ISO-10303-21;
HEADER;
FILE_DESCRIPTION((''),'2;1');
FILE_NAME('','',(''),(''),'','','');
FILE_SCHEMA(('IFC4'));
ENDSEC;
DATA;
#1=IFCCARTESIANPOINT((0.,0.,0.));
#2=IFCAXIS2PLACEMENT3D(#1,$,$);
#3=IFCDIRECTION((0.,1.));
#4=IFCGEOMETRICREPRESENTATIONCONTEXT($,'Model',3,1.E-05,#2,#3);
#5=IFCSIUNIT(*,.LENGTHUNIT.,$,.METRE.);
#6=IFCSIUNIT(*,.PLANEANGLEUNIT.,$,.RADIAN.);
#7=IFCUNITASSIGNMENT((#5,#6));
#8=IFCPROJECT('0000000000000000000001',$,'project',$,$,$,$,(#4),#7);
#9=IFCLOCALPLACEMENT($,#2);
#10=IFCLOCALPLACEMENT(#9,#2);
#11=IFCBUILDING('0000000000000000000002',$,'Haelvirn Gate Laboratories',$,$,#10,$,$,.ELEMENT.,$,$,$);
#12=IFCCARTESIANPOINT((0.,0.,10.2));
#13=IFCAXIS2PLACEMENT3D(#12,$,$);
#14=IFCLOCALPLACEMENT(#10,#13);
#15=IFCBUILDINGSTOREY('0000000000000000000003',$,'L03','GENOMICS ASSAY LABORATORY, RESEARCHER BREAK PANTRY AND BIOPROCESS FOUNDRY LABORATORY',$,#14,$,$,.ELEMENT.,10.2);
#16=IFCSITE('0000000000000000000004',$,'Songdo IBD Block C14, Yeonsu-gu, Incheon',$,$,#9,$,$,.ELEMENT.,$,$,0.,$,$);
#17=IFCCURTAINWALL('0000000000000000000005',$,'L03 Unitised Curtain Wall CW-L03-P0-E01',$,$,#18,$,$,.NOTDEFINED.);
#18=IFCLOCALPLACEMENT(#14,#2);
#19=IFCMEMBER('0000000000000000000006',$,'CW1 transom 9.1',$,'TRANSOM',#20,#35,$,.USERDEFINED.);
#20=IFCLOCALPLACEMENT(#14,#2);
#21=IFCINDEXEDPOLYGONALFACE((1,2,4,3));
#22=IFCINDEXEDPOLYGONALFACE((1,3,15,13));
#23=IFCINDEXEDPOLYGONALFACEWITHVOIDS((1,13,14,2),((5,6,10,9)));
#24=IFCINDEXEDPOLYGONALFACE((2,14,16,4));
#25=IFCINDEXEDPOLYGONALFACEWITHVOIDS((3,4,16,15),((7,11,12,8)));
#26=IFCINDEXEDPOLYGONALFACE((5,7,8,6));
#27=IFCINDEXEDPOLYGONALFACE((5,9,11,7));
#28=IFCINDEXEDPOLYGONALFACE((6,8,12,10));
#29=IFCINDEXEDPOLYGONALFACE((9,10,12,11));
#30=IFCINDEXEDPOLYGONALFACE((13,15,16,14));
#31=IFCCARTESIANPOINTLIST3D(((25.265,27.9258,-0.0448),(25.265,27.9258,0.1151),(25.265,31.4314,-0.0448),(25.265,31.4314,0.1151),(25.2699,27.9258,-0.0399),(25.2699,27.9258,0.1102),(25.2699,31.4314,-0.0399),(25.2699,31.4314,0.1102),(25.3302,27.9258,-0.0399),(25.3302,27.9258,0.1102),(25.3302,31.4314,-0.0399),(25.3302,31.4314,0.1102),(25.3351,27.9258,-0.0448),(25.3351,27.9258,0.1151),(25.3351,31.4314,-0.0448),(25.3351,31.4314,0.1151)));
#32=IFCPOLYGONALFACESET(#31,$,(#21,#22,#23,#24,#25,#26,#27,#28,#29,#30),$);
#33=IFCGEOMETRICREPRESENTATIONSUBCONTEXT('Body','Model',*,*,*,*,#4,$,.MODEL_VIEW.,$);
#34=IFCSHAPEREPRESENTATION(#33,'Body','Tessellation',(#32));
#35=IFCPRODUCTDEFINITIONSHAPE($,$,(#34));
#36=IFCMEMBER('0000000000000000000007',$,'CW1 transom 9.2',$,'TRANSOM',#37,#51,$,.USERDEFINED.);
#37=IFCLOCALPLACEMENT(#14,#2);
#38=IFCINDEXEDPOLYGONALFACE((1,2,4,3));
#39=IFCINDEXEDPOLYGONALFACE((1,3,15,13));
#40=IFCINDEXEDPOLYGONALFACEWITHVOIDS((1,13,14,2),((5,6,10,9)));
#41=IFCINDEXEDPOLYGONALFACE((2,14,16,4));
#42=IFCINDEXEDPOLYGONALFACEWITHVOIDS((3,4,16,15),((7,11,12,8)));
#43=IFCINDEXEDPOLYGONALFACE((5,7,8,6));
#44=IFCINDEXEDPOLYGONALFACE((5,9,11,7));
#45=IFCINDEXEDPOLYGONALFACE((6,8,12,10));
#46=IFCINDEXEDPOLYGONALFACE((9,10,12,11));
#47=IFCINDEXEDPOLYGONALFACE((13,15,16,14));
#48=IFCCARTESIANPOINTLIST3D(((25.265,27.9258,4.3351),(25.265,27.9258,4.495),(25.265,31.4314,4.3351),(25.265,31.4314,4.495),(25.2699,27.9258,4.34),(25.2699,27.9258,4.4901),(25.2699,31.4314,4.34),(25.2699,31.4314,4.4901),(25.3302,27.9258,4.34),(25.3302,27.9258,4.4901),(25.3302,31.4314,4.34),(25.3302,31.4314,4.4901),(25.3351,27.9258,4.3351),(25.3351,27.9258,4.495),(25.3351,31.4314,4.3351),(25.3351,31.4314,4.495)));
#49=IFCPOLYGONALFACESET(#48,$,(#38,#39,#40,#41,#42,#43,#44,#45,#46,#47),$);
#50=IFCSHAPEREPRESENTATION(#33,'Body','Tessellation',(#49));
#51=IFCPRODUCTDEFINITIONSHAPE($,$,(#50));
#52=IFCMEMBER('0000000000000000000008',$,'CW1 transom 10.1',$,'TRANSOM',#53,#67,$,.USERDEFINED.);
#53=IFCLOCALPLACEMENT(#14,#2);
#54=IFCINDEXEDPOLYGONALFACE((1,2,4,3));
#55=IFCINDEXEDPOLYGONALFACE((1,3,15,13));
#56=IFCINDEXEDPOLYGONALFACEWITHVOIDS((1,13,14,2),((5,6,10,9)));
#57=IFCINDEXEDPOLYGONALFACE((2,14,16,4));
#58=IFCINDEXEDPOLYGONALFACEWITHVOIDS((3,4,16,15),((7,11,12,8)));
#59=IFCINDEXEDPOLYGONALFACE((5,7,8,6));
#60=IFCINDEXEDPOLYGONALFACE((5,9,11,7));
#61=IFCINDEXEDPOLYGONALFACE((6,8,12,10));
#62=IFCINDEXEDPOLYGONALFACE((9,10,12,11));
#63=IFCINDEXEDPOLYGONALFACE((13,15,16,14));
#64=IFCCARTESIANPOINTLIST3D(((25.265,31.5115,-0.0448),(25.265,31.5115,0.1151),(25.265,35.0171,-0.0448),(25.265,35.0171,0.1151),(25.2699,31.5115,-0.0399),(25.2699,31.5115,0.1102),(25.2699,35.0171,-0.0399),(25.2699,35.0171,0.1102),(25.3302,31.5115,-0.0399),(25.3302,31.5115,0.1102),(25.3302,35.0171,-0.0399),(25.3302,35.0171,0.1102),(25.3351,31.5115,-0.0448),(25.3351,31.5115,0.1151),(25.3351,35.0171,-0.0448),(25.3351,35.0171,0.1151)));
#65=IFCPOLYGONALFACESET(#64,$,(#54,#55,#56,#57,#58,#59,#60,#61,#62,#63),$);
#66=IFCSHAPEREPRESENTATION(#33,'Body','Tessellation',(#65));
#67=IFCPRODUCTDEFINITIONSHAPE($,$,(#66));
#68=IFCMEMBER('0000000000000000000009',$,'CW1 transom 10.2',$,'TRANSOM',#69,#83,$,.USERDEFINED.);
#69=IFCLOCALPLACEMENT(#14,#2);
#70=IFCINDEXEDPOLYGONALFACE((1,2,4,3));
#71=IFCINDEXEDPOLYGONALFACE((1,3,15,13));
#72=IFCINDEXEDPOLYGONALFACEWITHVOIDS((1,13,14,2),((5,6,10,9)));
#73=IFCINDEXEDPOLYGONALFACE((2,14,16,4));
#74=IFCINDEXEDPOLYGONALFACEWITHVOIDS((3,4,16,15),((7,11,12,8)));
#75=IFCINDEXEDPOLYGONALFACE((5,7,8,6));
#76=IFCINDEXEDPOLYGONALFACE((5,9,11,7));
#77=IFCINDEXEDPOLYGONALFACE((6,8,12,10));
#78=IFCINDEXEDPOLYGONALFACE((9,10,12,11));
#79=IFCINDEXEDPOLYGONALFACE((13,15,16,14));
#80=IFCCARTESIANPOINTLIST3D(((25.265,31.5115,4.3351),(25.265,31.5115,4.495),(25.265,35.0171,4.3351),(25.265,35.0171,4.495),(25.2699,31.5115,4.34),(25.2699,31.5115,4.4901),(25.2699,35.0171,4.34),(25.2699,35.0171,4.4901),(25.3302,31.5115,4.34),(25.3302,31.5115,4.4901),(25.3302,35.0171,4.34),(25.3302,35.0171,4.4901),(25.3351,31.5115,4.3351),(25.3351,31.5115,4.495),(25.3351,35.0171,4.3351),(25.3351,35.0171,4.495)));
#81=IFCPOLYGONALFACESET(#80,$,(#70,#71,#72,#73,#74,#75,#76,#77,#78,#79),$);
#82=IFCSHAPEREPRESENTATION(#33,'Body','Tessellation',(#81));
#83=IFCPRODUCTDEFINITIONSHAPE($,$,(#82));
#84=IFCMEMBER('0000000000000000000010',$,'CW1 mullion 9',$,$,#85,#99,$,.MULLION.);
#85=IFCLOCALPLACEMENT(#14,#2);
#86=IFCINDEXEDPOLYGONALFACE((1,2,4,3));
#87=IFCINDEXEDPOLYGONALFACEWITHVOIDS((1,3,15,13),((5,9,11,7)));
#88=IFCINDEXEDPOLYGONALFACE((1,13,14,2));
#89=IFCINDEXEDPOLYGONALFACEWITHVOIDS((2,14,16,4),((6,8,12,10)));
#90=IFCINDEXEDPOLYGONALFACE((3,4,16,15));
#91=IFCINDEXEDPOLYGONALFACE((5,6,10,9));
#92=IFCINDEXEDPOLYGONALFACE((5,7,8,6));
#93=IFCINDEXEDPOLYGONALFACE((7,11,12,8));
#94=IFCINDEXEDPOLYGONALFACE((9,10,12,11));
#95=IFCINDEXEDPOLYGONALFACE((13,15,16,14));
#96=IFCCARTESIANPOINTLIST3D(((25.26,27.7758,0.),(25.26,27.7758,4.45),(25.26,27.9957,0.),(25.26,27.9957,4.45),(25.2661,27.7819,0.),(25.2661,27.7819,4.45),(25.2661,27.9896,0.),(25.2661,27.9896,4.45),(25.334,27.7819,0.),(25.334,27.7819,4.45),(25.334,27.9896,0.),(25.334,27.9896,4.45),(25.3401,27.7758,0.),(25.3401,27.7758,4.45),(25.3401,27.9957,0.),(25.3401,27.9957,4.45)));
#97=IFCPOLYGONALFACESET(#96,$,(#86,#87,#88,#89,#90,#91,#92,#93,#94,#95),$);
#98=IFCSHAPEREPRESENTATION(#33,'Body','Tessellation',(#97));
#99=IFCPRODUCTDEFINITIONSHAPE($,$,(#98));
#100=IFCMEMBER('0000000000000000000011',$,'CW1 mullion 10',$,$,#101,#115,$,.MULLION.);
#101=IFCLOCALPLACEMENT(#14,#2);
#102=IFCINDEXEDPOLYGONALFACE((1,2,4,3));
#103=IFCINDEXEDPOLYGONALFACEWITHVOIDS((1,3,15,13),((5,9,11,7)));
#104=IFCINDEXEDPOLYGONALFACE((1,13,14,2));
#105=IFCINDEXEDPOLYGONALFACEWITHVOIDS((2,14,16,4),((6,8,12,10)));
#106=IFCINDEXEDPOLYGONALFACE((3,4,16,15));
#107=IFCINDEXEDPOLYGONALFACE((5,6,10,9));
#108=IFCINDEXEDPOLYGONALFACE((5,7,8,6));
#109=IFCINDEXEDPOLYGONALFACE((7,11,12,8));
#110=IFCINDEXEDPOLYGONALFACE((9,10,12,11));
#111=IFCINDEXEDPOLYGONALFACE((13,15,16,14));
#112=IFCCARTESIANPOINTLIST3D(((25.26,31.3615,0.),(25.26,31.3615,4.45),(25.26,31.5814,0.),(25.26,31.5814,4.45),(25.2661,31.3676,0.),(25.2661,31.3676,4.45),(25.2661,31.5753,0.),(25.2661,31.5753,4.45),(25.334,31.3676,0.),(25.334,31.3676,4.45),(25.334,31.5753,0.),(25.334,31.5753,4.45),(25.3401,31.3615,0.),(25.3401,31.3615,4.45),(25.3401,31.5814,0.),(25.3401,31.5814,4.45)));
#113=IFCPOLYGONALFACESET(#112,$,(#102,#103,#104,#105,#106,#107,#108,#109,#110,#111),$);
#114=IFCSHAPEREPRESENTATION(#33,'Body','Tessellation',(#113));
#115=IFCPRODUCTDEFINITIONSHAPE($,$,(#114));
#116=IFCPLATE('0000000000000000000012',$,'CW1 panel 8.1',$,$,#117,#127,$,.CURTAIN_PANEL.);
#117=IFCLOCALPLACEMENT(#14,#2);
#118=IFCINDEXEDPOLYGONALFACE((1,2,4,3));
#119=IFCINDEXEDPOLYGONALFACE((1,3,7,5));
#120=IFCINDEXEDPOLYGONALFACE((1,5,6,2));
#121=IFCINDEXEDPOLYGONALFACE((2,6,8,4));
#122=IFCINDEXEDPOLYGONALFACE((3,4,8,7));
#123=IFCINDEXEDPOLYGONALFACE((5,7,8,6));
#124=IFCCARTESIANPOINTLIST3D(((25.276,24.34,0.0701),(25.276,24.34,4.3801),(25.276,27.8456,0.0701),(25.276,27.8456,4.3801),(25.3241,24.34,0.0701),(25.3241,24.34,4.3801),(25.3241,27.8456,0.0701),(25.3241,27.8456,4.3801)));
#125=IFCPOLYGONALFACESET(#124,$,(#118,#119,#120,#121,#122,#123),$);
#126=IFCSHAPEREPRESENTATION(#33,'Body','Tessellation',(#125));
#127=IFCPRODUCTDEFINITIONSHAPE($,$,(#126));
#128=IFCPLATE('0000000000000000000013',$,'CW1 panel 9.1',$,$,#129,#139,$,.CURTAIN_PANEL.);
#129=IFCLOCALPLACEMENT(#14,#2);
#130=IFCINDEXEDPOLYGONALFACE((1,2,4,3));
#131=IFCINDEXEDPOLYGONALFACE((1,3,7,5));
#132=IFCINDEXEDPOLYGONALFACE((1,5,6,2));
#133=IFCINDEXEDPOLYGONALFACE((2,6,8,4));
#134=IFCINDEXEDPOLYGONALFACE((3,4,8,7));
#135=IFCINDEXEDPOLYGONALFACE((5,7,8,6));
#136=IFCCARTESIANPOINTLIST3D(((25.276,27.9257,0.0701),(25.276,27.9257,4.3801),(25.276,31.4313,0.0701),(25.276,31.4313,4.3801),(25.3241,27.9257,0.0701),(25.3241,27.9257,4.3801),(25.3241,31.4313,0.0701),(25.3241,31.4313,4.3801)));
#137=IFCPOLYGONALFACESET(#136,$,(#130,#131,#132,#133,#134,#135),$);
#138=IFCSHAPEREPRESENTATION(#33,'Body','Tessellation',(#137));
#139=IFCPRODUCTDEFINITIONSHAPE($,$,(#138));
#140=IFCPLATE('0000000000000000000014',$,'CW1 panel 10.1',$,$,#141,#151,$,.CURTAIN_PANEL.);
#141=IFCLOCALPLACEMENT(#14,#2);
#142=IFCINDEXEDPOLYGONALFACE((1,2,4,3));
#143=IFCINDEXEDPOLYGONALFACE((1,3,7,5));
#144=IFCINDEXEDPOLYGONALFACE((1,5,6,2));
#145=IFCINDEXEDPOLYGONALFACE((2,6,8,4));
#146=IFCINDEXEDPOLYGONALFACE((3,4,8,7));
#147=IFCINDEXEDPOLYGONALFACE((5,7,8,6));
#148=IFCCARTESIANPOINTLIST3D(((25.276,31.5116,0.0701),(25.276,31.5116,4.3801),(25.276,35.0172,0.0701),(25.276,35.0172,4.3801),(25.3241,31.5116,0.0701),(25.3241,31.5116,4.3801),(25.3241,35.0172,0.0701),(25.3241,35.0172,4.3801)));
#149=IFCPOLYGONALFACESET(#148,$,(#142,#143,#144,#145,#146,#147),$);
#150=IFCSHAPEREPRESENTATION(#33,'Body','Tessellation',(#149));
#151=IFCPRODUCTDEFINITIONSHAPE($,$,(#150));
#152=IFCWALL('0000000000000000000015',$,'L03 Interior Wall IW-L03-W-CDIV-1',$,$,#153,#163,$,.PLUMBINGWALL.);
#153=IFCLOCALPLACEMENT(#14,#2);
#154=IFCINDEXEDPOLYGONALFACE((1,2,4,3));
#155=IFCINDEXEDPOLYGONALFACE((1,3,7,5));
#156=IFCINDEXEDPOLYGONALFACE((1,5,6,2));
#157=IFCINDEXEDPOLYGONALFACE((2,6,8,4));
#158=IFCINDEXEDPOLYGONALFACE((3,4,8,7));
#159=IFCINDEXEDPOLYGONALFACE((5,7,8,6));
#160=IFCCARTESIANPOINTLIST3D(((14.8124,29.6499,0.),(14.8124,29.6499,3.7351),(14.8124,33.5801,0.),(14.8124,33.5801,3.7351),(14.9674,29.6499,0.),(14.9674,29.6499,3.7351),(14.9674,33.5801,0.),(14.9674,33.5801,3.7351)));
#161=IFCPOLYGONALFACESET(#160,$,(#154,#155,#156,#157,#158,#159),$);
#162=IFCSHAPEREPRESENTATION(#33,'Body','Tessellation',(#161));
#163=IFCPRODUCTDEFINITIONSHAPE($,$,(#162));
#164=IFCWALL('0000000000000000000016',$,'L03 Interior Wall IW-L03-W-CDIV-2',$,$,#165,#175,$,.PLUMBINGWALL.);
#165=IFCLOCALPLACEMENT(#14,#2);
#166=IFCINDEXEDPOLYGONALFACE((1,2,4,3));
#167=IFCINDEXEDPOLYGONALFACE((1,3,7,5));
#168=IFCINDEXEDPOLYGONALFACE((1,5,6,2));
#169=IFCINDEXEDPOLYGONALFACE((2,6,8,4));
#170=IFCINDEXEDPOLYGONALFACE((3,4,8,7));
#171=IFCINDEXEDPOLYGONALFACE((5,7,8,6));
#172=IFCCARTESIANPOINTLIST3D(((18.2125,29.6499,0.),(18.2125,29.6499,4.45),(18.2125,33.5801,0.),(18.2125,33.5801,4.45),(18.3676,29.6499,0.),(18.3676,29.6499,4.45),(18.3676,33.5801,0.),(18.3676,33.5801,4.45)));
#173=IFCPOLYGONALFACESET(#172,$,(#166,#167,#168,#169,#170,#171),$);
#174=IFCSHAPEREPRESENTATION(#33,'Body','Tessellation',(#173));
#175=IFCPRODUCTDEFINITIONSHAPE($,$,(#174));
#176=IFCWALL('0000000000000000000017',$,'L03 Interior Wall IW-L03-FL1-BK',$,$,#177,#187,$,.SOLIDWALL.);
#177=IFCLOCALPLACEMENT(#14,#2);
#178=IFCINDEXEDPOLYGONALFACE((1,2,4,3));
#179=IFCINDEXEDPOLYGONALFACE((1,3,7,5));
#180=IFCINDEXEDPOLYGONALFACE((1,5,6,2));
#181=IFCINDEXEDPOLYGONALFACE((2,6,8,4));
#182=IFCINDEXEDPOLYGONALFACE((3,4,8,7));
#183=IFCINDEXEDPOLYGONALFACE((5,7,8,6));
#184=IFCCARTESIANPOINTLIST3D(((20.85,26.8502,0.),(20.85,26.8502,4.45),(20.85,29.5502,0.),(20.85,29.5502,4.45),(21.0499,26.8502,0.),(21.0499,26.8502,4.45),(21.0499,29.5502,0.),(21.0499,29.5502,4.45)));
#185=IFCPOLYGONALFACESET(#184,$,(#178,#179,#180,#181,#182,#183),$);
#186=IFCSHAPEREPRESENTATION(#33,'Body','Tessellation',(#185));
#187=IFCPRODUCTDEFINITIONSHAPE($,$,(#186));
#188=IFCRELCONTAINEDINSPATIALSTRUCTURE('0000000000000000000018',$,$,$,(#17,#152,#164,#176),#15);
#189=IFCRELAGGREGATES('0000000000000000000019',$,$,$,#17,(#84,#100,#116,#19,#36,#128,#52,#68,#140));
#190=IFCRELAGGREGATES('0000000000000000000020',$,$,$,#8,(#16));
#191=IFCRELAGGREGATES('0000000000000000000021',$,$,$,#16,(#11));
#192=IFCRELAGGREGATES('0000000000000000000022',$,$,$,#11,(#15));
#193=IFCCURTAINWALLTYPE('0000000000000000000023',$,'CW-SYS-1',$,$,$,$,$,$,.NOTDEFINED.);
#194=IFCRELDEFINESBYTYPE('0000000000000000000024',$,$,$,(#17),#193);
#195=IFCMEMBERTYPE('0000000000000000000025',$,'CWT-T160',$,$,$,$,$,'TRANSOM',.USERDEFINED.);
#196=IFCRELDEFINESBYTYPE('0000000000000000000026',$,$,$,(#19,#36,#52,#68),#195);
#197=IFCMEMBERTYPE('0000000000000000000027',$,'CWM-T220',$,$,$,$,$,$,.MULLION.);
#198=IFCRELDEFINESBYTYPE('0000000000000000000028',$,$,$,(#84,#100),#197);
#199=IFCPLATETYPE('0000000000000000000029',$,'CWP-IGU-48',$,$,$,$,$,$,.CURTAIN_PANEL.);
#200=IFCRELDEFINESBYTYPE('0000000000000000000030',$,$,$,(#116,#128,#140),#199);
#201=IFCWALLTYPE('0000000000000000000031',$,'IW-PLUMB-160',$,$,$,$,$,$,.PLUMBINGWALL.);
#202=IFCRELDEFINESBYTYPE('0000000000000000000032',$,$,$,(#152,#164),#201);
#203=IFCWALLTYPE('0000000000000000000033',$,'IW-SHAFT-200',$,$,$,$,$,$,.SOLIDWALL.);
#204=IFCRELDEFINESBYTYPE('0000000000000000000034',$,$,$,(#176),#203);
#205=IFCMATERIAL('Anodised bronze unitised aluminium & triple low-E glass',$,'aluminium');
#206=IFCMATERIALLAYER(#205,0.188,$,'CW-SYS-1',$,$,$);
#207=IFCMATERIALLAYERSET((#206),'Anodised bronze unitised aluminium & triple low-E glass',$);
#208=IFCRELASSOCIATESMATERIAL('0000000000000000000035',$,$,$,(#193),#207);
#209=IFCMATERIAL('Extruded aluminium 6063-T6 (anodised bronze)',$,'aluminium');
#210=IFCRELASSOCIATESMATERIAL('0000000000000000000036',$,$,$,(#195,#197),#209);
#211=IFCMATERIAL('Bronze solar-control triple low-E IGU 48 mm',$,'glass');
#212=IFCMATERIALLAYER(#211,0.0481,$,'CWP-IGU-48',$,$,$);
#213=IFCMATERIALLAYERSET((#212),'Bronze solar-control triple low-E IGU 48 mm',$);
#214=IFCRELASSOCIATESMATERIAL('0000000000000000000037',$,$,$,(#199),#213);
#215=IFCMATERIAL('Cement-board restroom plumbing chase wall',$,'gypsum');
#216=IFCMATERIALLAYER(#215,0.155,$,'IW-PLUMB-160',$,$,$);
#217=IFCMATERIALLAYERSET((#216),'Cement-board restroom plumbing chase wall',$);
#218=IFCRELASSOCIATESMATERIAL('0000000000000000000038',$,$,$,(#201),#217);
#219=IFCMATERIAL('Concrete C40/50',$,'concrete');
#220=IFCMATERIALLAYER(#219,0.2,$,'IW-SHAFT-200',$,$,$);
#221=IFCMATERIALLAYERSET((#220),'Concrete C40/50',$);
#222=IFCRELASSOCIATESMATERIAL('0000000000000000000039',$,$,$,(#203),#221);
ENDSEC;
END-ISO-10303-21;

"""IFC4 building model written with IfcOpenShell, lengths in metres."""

from ifc_helpers import new_model, si_unit, direction, frame, frame_2d, origin, origin_2d, place, context, subcontext, project, spatial, rectangle, hollow_rectangle, extrude, source, transform, mapped, material, layer, layer_set, material_profile, profile_set, type_object, type_shapes, element, aggregate, save


model = new_model("IFC4")

# Units and contexts
model_context = context("Model", 3, precision=1e-05, world=origin(), true_north=direction((0.0, 1.0)))
body_context = subcontext(model_context, "Body", "Model", "MODEL_VIEW")
ifc_project = project(units=[si_unit("LENGTHUNIT", "METRE"), si_unit("PLANEANGLEUNIT", "RADIAN")], contexts=[model_context])

# Site, building, storey
site_placement = place(None, origin())
site = spatial("IfcSite", under=ifc_project, at=site_placement, Name="Songdo IBD Block C14, Yeonsu-gu, Incheon", CompositionType="ELEMENT", RefElevation=0.0)
building_placement = place(site_placement, origin())
building = spatial("IfcBuilding", under=site, at=building_placement, Name="Haelvirn Gate Laboratories", CompositionType="ELEMENT")
storey_placement = place(building_placement, frame((0.0, 0.0, 10.2)))
storey = spatial("IfcBuildingStorey", under=building, at=storey_placement, Name="L03", Description="GENOMICS ASSAY LABORATORY, RESEARCHER BREAK PANTRY AND BIOPROCESS FOUNDRY LABORATORY", CompositionType="ELEMENT", Elevation=10.2)

# Curtain wall, members, plates
ifc_material_1 = material(Name="Anodised bronze unitised aluminium & triple low-E glass", Category="aluminium")
ifc_layer_1 = layer(ifc_material_1, 0.188, Name="CW-SYS-1")
ifc_layer_set_1 = layer_set([ifc_layer_1], Name="Anodised bronze unitised aluminium & triple low-E glass")
curtain_wall_type = type_object("IfcCurtainWallType", Name="CW-SYS-1", PredefinedType="NOTDEFINED", material=ifc_layer_set_1)
curtain_wall_placement = place(storey_placement, origin())
curtain_wall = element("IfcCurtainWall", 1, at=curtain_wall_placement, inside=storey, type_object=curtain_wall_type, Name="L03 Unitised Curtain Wall CW-L03-P0-E01", PredefinedType="NOTDEFINED")
ifc_material_2 = material(Name="Extruded aluminium 6063-T6 (anodised bronze)", Category="aluminium")
ifc_material_profile_1 = material_profile(ifc_material_2, hollow_rectangle(XDim=0.0701, YDim=0.1599, WallThickness=0.0049, at=origin_2d()), Name="CWT-160x70x5")
ifc_profile_set_1 = profile_set([ifc_material_profile_1], Name="Extruded aluminium 6063-T6 (anodised bronze)")
member_type_1 = type_object("IfcMemberType", Name="CWT-T160", ElementType="TRANSOM", PredefinedType="USERDEFINED", material=ifc_profile_set_1)
shared_shape_1 = source(origin(), body_context, "Body", "SweptSolid", [
    extrude(hollow_rectangle(XDim=0.0701, YDim=0.1599, WallThickness=0.0049, at=origin_2d()), origin(), (0.0, 0.0, 1.0), 3.5056),
])
type_shapes(member_type_1, [shared_shape_1])
member_1_placement = place(storey_placement, frame((25.3, 27.9258, 0.0352), z_axis=(0.0, 1.0, 0.0), x_axis=(-1.0, 0.0, 0.0)))
member_1 = element("IfcMember", 2, at=member_1_placement, type_object=member_type_1, Name="CW1 transom 9.1", ObjectType="TRANSOM", PredefinedType="USERDEFINED", context=body_context, shape_type="MappedRepresentation", body=[
    mapped(shared_shape_1, transform((0.0, 0.0, 0.0), scale=1.0)),
])
member_2_placement = place(storey_placement, frame((25.3, 27.9258, 4.415), z_axis=(0.0, 1.0, 0.0), x_axis=(-1.0, 0.0, 0.0)))
member_2 = element("IfcMember", 3, at=member_2_placement, type_object=member_type_1, Name="CW1 transom 9.2", ObjectType="TRANSOM", PredefinedType="USERDEFINED", context=body_context, shape_type="MappedRepresentation", body=[
    mapped(shared_shape_1, transform((0.0, 0.0, 0.0), scale=1.0)),
])
member_3_placement = place(storey_placement, frame((25.3, 31.5115, 0.0352), z_axis=(0.0, 1.0, 0.0), x_axis=(-1.0, 0.0, 0.0)))
member_3 = element("IfcMember", 4, at=member_3_placement, type_object=member_type_1, Name="CW1 transom 10.1", ObjectType="TRANSOM", PredefinedType="USERDEFINED", context=body_context, shape_type="MappedRepresentation", body=[
    mapped(shared_shape_1, transform((0.0, 0.0, 0.0), scale=1.0)),
])
member_4_placement = place(storey_placement, frame((25.3, 31.5115, 4.415), z_axis=(0.0, 1.0, 0.0), x_axis=(-1.0, 0.0, 0.0)))
member_4 = element("IfcMember", 5, at=member_4_placement, type_object=member_type_1, Name="CW1 transom 10.2", ObjectType="TRANSOM", PredefinedType="USERDEFINED", context=body_context, shape_type="MappedRepresentation", body=[
    mapped(shared_shape_1, transform((0.0, 0.0, 0.0), scale=1.0)),
])
ifc_material_profile_2 = material_profile(ifc_material_2, hollow_rectangle(XDim=0.0801, YDim=0.22, WallThickness=0.0061, at=origin_2d()), Name="CWM-220x80x6")
ifc_profile_set_2 = profile_set([ifc_material_profile_2], Name="Extruded aluminium 6063-T6 (anodised bronze)")
member_type_2 = type_object("IfcMemberType", Name="CWM-T220", PredefinedType="MULLION", material=ifc_profile_set_2)
shared_shape_2 = source(origin(), body_context, "Body", "SweptSolid", [
    extrude(hollow_rectangle(XDim=0.0801, YDim=0.22, WallThickness=0.0061, at=origin_2d()), origin(), (0.0, 0.0, 1.0), 4.45),
])
type_shapes(member_type_2, [shared_shape_2])
member_5_placement = place(storey_placement, frame((25.3, 27.8857, 0.0), z_axis=(0.0, 0.0, 1.0), x_axis=(-1.0, 0.0, 0.0)))
member_5 = element("IfcMember", 6, at=member_5_placement, type_object=member_type_2, Name="CW1 mullion 9", PredefinedType="MULLION", context=body_context, shape_type="MappedRepresentation", body=[
    mapped(shared_shape_2, transform((0.0, 0.0, 0.0), scale=1.0)),
])
member_6_placement = place(storey_placement, frame((25.3, 31.4714, 0.0), z_axis=(0.0, 0.0, 1.0), x_axis=(-1.0, 0.0, 0.0)))
member_6 = element("IfcMember", 7, at=member_6_placement, type_object=member_type_2, Name="CW1 mullion 10", PredefinedType="MULLION", context=body_context, shape_type="MappedRepresentation", body=[
    mapped(shared_shape_2, transform((0.0, 0.0, 0.0), scale=1.0)),
])
ifc_material_3 = material(Name="Bronze solar-control triple low-E IGU 48 mm", Category="glass")
ifc_layer_2 = layer(ifc_material_3, 0.0481, Name="CWP-IGU-48")
ifc_layer_set_2 = layer_set([ifc_layer_2], Name="Bronze solar-control triple low-E IGU 48 mm")
plate_type = type_object("IfcPlateType", Name="CWP-IGU-48", PredefinedType="CURTAIN_PANEL", material=ifc_layer_set_2)
shared_shape_3 = source(origin(), body_context, "Body", "SweptSolid", [
    extrude(rectangle(XDim=3.5056, YDim=0.0481, at=origin_2d()), origin(), (0.0, 0.0, 1.0), 4.3101),
])
type_shapes(plate_type, [shared_shape_3])
plate_1_placement = place(storey_placement, frame((25.3, 26.0928, 0.0701), z_axis=(0.0, 0.0, 1.0), x_axis=(0.0, 1.0, 0.0)))
plate_1 = element("IfcPlate", 8, at=plate_1_placement, type_object=plate_type, Name="CW1 panel 8.1", PredefinedType="CURTAIN_PANEL", context=body_context, shape_type="MappedRepresentation", body=[
    mapped(shared_shape_3, transform((0.0, 0.0, 0.0), scale=1.0)),
])
plate_2_placement = place(storey_placement, frame((25.3, 29.6785, 0.0701), z_axis=(0.0, 0.0, 1.0), x_axis=(0.0, 1.0, 0.0)))
plate_2 = element("IfcPlate", 9, at=plate_2_placement, type_object=plate_type, Name="CW1 panel 9.1", PredefinedType="CURTAIN_PANEL", context=body_context, shape_type="MappedRepresentation", body=[
    mapped(shared_shape_3, transform((0.0, 0.0, 0.0), scale=1.0)),
])
plate_3_placement = place(storey_placement, frame((25.3, 33.2644, 0.0701), z_axis=(0.0, 0.0, 1.0), x_axis=(0.0, 1.0, 0.0)))
plate_3 = element("IfcPlate", 10, at=plate_3_placement, type_object=plate_type, Name="CW1 panel 10.1", PredefinedType="CURTAIN_PANEL", context=body_context, shape_type="MappedRepresentation", body=[
    mapped(shared_shape_3, transform((0.0, 0.0, 0.0), scale=1.0)),
])
aggregate(curtain_wall, [member_5, member_6, plate_1, member_1, member_2, plate_2, member_3, member_4, plate_3])

# Walls
ifc_material_4 = material(Name="Cement-board restroom plumbing chase wall", Category="gypsum")
ifc_layer_3 = layer(ifc_material_4, 0.155, Name="IW-PLUMB-160")
ifc_layer_set_3 = layer_set([ifc_layer_3], Name="Cement-board restroom plumbing chase wall")
wall_type_1 = type_object("IfcWallType", Name="IW-PLUMB-160", PredefinedType="PLUMBINGWALL", material=ifc_layer_set_3)
wall_1_placement = place(storey_placement, frame((14.8899, 29.6499, 0.0), z_axis=(0.0, 0.0, 1.0), x_axis=(0.0, 1.0, 0.0)))
element("IfcWall", 11, at=wall_1_placement, inside=storey, type_object=wall_type_1, Name="L03 Interior Wall IW-L03-W-CDIV-1", PredefinedType="PLUMBINGWALL", context=body_context, shape_type="SweptSolid", body=[
    extrude(rectangle(XDim=3.9302, YDim=0.155, at=frame_2d((1.9651, 0.0))), origin(), (0.0, 0.0, 1.0), 3.7351),
])
wall_2_placement = place(storey_placement, frame((18.29, 29.6499, 0.0), z_axis=(0.0, 0.0, 1.0), x_axis=(0.0, 1.0, 0.0)))
element("IfcWall", 12, at=wall_2_placement, inside=storey, type_object=wall_type_1, Name="L03 Interior Wall IW-L03-W-CDIV-2", PredefinedType="PLUMBINGWALL", context=body_context, shape_type="SweptSolid", body=[
    extrude(rectangle(XDim=3.9302, YDim=0.155, at=frame_2d((1.9651, 0.0))), origin(), (0.0, 0.0, 1.0), 4.45),
])
ifc_material_5 = material(Name="Concrete C40/50", Category="concrete")
ifc_layer_4 = layer(ifc_material_5, 0.2, Name="IW-SHAFT-200")
ifc_layer_set_4 = layer_set([ifc_layer_4], Name="Concrete C40/50")
wall_type_2 = type_object("IfcWallType", Name="IW-SHAFT-200", PredefinedType="SOLIDWALL", material=ifc_layer_set_4)
wall_3_placement = place(storey_placement, frame((20.95, 26.8501, 0.0), z_axis=(0.0, 0.0, 1.0), x_axis=(0.0, 1.0, 0.0)))
element("IfcWall", 13, at=wall_3_placement, inside=storey, type_object=wall_type_2, Name="L03 Interior Wall IW-L03-FL1-BK", PredefinedType="SOLIDWALL", context=body_context, shape_type="SweptSolid", body=[
    extrude(rectangle(XDim=2.7, YDim=0.2, at=frame_2d((1.3501, 0.0))), origin(), (0.0, 0.0, 1.0), 4.45),
])

save(model, "model.ifc")
